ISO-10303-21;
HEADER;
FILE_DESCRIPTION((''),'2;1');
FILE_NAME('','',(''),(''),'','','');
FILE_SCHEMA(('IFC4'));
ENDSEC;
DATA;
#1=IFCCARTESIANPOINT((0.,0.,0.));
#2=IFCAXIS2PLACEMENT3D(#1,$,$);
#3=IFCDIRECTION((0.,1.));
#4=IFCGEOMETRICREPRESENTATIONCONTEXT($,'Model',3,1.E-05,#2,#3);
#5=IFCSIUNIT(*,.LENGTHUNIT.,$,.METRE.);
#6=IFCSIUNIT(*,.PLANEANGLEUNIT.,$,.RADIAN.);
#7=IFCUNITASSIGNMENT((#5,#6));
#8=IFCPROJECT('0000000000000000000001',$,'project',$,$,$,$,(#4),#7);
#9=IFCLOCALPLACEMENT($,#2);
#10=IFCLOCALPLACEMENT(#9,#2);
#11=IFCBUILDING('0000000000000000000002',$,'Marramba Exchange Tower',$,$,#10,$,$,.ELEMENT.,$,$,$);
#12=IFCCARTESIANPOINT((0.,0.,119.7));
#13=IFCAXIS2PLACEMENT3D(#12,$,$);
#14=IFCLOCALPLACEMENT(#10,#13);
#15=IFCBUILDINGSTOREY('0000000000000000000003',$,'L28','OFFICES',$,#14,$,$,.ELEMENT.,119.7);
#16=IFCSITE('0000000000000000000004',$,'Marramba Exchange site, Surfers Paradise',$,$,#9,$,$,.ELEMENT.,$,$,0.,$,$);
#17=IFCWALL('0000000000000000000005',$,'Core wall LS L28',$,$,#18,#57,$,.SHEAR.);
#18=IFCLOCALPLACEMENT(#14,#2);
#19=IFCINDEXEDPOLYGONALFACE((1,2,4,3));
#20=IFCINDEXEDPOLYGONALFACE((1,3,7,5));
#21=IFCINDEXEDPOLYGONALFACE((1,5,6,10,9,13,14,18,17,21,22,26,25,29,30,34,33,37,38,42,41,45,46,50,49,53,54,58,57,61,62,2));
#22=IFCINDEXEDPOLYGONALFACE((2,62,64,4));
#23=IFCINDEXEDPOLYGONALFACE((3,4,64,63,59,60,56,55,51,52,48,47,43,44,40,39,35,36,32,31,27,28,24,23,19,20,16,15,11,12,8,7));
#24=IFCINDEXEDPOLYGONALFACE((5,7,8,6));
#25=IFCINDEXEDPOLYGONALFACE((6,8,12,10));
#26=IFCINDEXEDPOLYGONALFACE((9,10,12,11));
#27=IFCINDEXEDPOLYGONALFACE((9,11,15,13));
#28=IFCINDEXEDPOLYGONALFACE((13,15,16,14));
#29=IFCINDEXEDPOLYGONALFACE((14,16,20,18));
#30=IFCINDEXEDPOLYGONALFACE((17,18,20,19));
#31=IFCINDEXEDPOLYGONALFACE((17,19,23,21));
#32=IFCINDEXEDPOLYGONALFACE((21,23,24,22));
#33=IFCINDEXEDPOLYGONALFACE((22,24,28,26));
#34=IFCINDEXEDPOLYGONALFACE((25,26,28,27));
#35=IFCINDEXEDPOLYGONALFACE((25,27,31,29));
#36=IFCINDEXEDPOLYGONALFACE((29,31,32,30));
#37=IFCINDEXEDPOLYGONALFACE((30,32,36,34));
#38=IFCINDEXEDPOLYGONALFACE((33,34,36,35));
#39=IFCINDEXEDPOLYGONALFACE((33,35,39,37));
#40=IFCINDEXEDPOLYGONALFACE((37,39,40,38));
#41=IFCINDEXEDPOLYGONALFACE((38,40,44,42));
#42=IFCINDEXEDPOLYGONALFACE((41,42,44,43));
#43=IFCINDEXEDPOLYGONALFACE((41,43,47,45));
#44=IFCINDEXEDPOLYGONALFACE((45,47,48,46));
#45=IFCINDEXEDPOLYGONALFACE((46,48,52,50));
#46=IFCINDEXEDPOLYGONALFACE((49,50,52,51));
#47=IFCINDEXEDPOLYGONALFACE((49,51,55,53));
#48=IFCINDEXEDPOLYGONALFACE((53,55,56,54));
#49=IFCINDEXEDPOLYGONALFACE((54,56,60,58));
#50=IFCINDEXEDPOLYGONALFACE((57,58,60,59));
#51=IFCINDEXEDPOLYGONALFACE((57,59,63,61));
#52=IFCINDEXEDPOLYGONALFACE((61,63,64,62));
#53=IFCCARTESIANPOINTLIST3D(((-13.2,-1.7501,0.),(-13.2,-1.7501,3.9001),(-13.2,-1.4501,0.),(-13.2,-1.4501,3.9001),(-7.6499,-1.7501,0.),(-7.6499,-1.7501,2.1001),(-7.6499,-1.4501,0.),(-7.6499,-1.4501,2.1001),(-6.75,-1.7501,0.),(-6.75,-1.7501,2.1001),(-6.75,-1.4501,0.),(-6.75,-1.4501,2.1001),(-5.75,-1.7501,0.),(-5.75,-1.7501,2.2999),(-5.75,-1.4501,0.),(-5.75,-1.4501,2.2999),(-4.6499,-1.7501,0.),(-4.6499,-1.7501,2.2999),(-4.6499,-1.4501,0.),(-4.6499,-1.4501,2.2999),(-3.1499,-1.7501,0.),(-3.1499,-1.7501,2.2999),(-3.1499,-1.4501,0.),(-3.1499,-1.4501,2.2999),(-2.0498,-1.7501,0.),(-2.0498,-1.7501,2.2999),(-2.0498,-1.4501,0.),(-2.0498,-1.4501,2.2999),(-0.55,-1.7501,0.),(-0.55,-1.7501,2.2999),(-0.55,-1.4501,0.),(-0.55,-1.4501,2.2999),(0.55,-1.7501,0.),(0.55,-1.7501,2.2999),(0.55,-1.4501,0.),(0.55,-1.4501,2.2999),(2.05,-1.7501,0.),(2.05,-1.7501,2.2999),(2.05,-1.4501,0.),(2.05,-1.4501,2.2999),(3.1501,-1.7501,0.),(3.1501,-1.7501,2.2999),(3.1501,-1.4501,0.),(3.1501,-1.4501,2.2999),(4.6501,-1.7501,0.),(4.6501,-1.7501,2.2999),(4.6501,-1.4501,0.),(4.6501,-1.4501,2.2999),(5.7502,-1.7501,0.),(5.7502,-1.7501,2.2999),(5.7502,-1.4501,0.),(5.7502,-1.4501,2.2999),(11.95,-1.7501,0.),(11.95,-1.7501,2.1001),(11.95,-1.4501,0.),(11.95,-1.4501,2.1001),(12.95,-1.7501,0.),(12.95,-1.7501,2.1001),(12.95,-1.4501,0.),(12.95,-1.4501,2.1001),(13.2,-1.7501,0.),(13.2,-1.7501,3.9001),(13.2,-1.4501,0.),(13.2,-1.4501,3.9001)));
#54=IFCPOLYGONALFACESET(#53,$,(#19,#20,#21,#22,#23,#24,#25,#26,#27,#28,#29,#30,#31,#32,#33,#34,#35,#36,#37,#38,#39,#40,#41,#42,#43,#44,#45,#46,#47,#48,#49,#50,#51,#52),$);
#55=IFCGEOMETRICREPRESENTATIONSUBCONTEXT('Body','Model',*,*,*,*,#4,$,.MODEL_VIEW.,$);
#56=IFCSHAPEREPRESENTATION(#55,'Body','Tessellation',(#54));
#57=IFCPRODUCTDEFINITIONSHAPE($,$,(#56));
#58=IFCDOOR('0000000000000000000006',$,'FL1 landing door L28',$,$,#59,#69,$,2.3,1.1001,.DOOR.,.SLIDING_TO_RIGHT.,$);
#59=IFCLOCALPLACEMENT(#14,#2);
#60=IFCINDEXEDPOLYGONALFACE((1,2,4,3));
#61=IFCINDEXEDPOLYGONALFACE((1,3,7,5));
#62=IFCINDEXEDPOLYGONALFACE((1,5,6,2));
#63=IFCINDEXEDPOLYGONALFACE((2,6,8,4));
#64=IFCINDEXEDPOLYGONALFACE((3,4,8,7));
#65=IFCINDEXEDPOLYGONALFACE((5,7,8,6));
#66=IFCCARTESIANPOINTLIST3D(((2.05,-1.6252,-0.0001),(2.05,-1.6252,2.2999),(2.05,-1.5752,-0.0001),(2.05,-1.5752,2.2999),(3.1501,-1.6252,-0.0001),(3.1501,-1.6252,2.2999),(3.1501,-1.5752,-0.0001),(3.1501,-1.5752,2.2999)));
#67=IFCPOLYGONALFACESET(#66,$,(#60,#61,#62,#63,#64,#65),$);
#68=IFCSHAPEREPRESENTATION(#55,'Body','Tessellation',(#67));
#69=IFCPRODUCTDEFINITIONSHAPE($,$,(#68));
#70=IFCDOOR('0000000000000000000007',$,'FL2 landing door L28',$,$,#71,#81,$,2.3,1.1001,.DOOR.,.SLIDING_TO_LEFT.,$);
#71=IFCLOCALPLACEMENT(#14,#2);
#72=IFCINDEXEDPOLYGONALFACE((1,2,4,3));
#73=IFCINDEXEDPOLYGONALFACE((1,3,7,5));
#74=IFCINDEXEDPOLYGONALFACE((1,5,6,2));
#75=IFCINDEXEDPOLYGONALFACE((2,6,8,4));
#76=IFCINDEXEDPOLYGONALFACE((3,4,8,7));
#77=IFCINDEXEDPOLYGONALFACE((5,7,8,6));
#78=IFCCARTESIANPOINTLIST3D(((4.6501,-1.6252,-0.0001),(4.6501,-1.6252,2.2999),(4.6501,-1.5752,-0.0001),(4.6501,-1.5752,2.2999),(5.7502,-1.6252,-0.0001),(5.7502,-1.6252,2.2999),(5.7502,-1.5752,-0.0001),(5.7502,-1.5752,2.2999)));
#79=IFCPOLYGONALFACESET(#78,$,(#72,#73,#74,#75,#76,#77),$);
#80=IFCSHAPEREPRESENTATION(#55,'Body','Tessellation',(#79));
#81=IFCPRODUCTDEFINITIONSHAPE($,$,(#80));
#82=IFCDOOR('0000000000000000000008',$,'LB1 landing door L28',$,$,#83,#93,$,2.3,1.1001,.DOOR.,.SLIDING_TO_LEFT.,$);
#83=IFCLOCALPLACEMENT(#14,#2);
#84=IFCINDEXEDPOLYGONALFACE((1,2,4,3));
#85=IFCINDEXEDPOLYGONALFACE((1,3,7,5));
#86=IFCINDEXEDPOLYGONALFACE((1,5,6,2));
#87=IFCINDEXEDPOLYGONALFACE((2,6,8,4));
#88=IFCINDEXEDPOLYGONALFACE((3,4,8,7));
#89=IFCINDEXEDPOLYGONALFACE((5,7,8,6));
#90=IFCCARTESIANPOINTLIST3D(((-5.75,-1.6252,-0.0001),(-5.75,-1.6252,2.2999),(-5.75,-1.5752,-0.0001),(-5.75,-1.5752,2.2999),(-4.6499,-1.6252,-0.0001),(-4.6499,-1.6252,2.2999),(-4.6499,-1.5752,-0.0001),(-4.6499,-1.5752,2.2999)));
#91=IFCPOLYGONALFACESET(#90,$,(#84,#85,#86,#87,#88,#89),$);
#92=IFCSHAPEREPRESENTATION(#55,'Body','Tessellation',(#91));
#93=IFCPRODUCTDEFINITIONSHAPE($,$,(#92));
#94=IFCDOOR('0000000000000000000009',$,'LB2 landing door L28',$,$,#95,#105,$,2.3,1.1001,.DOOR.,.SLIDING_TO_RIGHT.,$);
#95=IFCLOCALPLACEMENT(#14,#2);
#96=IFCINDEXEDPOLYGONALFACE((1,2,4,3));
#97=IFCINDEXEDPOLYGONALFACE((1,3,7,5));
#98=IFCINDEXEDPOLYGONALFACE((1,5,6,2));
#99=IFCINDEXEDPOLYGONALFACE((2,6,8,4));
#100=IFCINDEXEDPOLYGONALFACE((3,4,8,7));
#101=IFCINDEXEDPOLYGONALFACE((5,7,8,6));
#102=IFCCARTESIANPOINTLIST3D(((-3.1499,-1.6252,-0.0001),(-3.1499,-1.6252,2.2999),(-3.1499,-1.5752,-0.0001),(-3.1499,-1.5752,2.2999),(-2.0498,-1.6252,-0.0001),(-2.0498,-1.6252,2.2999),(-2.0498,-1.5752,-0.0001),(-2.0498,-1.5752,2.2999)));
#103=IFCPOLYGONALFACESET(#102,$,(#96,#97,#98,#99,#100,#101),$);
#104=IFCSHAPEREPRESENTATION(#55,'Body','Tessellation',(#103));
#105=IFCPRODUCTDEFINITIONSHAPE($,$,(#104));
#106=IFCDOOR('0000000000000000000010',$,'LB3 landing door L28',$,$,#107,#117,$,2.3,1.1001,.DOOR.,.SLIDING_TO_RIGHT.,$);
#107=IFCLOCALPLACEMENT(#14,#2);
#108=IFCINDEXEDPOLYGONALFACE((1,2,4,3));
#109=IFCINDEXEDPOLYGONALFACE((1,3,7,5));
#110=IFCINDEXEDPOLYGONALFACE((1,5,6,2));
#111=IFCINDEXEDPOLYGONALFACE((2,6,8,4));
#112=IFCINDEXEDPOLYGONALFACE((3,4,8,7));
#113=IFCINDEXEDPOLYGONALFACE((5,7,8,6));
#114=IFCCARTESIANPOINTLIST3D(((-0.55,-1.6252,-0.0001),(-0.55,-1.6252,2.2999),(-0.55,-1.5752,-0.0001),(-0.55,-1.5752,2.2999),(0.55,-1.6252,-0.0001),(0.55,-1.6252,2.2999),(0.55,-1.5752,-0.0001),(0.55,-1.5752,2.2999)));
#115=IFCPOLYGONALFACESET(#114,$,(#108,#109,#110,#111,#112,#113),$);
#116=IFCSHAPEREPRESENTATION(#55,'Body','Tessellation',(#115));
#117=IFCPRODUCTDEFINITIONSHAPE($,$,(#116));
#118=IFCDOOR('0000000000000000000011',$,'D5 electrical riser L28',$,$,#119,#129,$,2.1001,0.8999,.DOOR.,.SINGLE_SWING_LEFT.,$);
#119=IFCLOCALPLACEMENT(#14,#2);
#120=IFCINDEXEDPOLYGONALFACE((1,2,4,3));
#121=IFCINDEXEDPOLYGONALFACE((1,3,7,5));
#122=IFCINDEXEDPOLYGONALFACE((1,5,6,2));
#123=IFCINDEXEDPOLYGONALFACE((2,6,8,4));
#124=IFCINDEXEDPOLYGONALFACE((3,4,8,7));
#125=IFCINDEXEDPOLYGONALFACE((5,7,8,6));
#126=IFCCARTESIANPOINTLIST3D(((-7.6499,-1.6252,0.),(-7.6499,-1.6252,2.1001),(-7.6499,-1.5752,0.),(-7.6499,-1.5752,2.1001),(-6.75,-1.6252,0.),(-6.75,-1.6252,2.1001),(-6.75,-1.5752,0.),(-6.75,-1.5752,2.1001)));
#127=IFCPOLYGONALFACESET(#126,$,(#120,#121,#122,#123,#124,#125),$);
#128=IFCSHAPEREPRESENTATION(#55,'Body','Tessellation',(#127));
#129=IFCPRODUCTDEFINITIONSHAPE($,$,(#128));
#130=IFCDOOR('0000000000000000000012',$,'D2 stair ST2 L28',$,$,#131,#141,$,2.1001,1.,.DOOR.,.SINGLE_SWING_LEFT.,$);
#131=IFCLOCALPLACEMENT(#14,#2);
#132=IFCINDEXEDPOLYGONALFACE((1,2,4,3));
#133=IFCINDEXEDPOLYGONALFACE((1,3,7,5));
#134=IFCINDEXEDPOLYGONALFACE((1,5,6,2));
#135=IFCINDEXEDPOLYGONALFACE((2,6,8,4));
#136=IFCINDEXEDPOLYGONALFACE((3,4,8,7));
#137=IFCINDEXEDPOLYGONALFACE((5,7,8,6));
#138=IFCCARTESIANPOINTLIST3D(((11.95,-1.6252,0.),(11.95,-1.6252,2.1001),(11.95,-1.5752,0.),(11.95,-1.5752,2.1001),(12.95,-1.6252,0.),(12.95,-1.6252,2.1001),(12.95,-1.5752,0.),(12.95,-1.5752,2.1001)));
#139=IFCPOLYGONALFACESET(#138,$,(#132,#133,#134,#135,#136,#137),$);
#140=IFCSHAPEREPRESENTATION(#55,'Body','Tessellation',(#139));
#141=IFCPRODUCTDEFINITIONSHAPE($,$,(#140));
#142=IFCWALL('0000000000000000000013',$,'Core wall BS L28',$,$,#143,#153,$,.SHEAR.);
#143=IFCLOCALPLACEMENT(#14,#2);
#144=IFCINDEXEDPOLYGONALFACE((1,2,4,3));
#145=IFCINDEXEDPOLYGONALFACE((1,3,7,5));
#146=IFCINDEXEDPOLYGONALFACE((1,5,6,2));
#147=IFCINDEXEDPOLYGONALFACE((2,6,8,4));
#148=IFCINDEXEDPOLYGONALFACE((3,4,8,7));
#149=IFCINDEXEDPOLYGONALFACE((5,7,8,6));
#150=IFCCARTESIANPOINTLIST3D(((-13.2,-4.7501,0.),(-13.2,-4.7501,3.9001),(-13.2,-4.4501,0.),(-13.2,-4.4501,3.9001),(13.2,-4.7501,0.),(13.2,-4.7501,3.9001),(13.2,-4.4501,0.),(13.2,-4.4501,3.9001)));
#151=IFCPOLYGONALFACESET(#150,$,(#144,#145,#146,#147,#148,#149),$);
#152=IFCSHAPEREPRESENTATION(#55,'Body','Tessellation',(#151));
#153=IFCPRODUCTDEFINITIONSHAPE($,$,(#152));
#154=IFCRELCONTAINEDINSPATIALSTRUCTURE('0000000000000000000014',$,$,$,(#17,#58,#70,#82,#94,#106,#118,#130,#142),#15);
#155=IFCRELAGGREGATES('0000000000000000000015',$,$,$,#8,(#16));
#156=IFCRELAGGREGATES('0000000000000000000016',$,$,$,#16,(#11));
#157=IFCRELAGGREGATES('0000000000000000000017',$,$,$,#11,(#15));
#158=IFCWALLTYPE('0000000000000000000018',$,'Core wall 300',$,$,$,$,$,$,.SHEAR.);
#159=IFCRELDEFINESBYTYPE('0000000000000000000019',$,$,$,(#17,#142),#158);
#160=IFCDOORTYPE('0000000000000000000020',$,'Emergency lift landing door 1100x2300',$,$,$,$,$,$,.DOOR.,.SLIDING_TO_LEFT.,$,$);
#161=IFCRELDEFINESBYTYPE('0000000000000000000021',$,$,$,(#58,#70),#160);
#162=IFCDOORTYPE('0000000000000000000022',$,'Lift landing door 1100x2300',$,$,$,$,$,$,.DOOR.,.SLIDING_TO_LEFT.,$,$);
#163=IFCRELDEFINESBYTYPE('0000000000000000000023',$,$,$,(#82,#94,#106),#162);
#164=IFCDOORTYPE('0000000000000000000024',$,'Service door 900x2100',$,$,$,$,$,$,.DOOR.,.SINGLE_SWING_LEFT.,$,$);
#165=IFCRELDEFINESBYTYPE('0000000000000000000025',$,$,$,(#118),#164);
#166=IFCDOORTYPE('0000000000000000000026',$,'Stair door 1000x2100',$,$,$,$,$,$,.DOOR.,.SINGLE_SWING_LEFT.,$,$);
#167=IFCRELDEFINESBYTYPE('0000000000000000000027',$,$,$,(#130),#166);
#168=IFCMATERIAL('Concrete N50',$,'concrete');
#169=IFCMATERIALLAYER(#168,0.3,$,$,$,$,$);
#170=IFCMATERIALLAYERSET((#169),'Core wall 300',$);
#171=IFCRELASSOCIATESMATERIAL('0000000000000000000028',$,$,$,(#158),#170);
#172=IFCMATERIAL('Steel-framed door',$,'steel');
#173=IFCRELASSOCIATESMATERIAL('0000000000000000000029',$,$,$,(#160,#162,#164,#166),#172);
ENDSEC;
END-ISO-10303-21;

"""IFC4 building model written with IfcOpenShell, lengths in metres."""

from ifc_helpers import new_model, si_unit, direction, frame, frame_2d, origin, place, context, subcontext, project, spatial, rectangle, extrude, material, layer, layer_set, type_object, element, fill, save


model = new_model("IFC4")

# Units and contexts
model_context = context("Model", 3, precision=1e-05, world=origin(), true_north=direction((0.0, 1.0)))
body_context = subcontext(model_context, "Body", "Model", "MODEL_VIEW")
ifc_project = project(units=[si_unit("LENGTHUNIT", "METRE"), si_unit("PLANEANGLEUNIT", "RADIAN")], contexts=[model_context])

# Site, building, storey
site_placement = place(None, origin())
site = spatial("IfcSite", under=ifc_project, at=site_placement, Name="Marramba Exchange site, Surfers Paradise", CompositionType="ELEMENT", RefElevation=0.0)
building_placement = place(site_placement, origin())
building = spatial("IfcBuilding", under=site, at=building_placement, Name="Marramba Exchange Tower", CompositionType="ELEMENT")
storey_placement = place(building_placement, frame((0.0, 0.0, 119.7)))
storey = spatial("IfcBuildingStorey", under=building, at=storey_placement, Name="L28", Description="OFFICES", CompositionType="ELEMENT", Elevation=119.7)

# Shared definitions
ifc_material_1 = material(Name="Concrete N50", Category="concrete")

# Wall, openings, doors
ifc_layer_1 = layer(ifc_material_1, 0.3)
ifc_layer_set_1 = layer_set([ifc_layer_1], Name="Core wall 300")
wall_type_1 = type_object("IfcWallType", Name="Core wall 300", PredefinedType="SHEAR", material=ifc_layer_set_1)
wall_1_placement = place(storey_placement, frame((-13.2, -1.6001, 0.0), z_axis=(0.0, 0.0, 1.0), x_axis=(1.0, 0.0, 0.0)))
wall_1 = element("IfcWall", 1, at=wall_1_placement, inside=storey, type_object=wall_type_1, Name="Core wall LS L28", PredefinedType="SHEAR", context=body_context, shape_type="SweptSolid", body=[
    extrude(rectangle(XDim=26.3999, YDim=0.3, at=frame_2d((13.2, 0.0))), origin(), (0.0, 0.0, 1.0), 3.9001),
])
opening_1_placement = place(wall_1_placement, frame((25.1499, 0.0, 0.0)))
opening_1 = element("IfcOpeningElement", 2, at=opening_1_placement, cuts=wall_1, PredefinedType="OPENING", context=body_context, shape_type="SweptSolid", body=[
    extrude(rectangle(XDim=1.0, YDim=2.1001, at=frame_2d((0.5, 1.05))), frame((0.0, 0.1599, 0.0), z_axis=(0.0, -1.0, 0.0), x_axis=(1.0, 0.0, 0.0)), (0.0, 0.0, 1.0), 0.3201),
])
opening_2_placement = place(wall_1_placement, frame((7.45, 0.0, 0.0)))
opening_2 = element("IfcOpeningElement", 3, at=opening_2_placement, cuts=wall_1, PredefinedType="OPENING", context=body_context, shape_type="SweptSolid", body=[
    extrude(rectangle(XDim=1.1001, YDim=2.3, at=frame_2d((0.55, 1.1499))), frame((0.0, 0.1599, 0.0), z_axis=(0.0, -1.0, 0.0), x_axis=(1.0, 0.0, 0.0)), (0.0, 0.0, 1.0), 0.3201),
])
opening_3_placement = place(wall_1_placement, frame((10.05, 0.0, 0.0)))
opening_3 = element("IfcOpeningElement", 4, at=opening_3_placement, cuts=wall_1, PredefinedType="OPENING", context=body_context, shape_type="SweptSolid", body=[
    extrude(rectangle(XDim=1.1001, YDim=2.3, at=frame_2d((0.55, 1.1499))), frame((0.0, 0.1599, 0.0), z_axis=(0.0, -1.0, 0.0), x_axis=(1.0, 0.0, 0.0)), (0.0, 0.0, 1.0), 0.3201),
])
opening_4_placement = place(wall_1_placement, frame((12.6499, 0.0, 0.0)))
opening_4 = element("IfcOpeningElement", 5, at=opening_4_placement, cuts=wall_1, PredefinedType="OPENING", context=body_context, shape_type="SweptSolid", body=[
    extrude(rectangle(XDim=1.1001, YDim=2.3, at=frame_2d((0.55, 1.1499))), frame((0.0, 0.1599, 0.0), z_axis=(0.0, -1.0, 0.0), x_axis=(1.0, 0.0, 0.0)), (0.0, 0.0, 1.0), 0.3201),
])
opening_5_placement = place(wall_1_placement, frame((15.25, 0.0, 0.0)))
opening_5 = element("IfcOpeningElement", 6, at=opening_5_placement, cuts=wall_1, PredefinedType="OPENING", context=body_context, shape_type="SweptSolid", body=[
    extrude(rectangle(XDim=1.1001, YDim=2.3, at=frame_2d((0.55, 1.1499))), frame((0.0, 0.1599, 0.0), z_axis=(0.0, -1.0, 0.0), x_axis=(1.0, 0.0, 0.0)), (0.0, 0.0, 1.0), 0.3201),
])
opening_6_placement = place(wall_1_placement, frame((17.8501, 0.0, 0.0)))
opening_6 = element("IfcOpeningElement", 7, at=opening_6_placement, cuts=wall_1, PredefinedType="OPENING", context=body_context, shape_type="SweptSolid", body=[
    extrude(rectangle(XDim=1.1001, YDim=2.3, at=frame_2d((0.55, 1.1499))), frame((0.0, 0.1599, 0.0), z_axis=(0.0, -1.0, 0.0), x_axis=(1.0, 0.0, 0.0)), (0.0, 0.0, 1.0), 0.3201),
])
opening_7_placement = place(wall_1_placement, frame((5.55, 0.0, 0.0)))
opening_7 = element("IfcOpeningElement", 8, at=opening_7_placement, cuts=wall_1, PredefinedType="OPENING", context=body_context, shape_type="SweptSolid", body=[
    extrude(rectangle(XDim=0.8999, YDim=2.1001, at=frame_2d((0.45, 1.05))), frame((0.0, 0.1599, 0.0), z_axis=(0.0, -1.0, 0.0), x_axis=(1.0, 0.0, 0.0)), (0.0, 0.0, 1.0), 0.3201),
])
ifc_material_2 = material(Name="Steel-framed door", Category="steel")
door_type_1 = type_object("IfcDoorType", Name="Emergency lift landing door 1100x2300", OperationType="SLIDING_TO_LEFT", PredefinedType="DOOR", material=ifc_material_2)
door_1_placement = place(opening_5_placement, frame((1.1001, 0.0, 0.0), z_axis=(0.0, 0.0, 1.0), x_axis=(-1.0, 0.0, 0.0)))
door_1 = element("IfcDoor", 9, at=door_1_placement, inside=storey, type_object=door_type_1, Name="FL1 landing door L28", OperationType="SLIDING_TO_RIGHT", OverallHeight=2.3, OverallWidth=1.1001, PredefinedType="DOOR", context=body_context, shape_type="SweptSolid", body=[
    extrude(rectangle(XDim=1.1001, YDim=2.3, at=frame_2d((0.55, 1.1499))), frame((0.0, 0.0251, 0.0), z_axis=(0.0, -1.0, 0.0), x_axis=(1.0, 0.0, 0.0)), (0.0, 0.0, 1.0), 0.05),
])
fill(opening_5, door_1)
door_2_placement = place(opening_6_placement, frame((1.1001, 0.0, 0.0), z_axis=(0.0, 0.0, 1.0), x_axis=(-1.0, 0.0, 0.0)))
door_2 = element("IfcDoor", 10, at=door_2_placement, inside=storey, type_object=door_type_1, Name="FL2 landing door L28", OperationType="SLIDING_TO_LEFT", OverallHeight=2.3, OverallWidth=1.1001, PredefinedType="DOOR", context=body_context, shape_type="SweptSolid", body=[
    extrude(rectangle(XDim=1.1001, YDim=2.3, at=frame_2d((0.55, 1.1499))), frame((0.0, 0.0251, 0.0), z_axis=(0.0, -1.0, 0.0), x_axis=(1.0, 0.0, 0.0)), (0.0, 0.0, 1.0), 0.05),
])
fill(opening_6, door_2)
door_type_2 = type_object("IfcDoorType", Name="Lift landing door 1100x2300", OperationType="SLIDING_TO_LEFT", PredefinedType="DOOR", material=ifc_material_2)
door_3_placement = place(opening_2_placement, frame((1.1001, 0.0, 0.0), z_axis=(0.0, 0.0, 1.0), x_axis=(-1.0, 0.0, 0.0)))
door_3 = element("IfcDoor", 11, at=door_3_placement, inside=storey, type_object=door_type_2, Name="LB1 landing door L28", OperationType="SLIDING_TO_LEFT", OverallHeight=2.3, OverallWidth=1.1001, PredefinedType="DOOR", context=body_context, shape_type="SweptSolid", body=[
    extrude(rectangle(XDim=1.1001, YDim=2.3, at=frame_2d((0.55, 1.1499))), frame((0.0, 0.0251, 0.0), z_axis=(0.0, -1.0, 0.0), x_axis=(1.0, 0.0, 0.0)), (0.0, 0.0, 1.0), 0.05),
])
fill(opening_2, door_3)
door_4_placement = place(opening_3_placement, frame((1.1001, 0.0, 0.0), z_axis=(0.0, 0.0, 1.0), x_axis=(-1.0, 0.0, 0.0)))
door_4 = element("IfcDoor", 12, at=door_4_placement, inside=storey, type_object=door_type_2, Name="LB2 landing door L28", OperationType="SLIDING_TO_RIGHT", OverallHeight=2.3, OverallWidth=1.1001, PredefinedType="DOOR", context=body_context, shape_type="SweptSolid", body=[
    extrude(rectangle(XDim=1.1001, YDim=2.3, at=frame_2d((0.55, 1.1499))), frame((0.0, 0.0251, 0.0), z_axis=(0.0, -1.0, 0.0), x_axis=(1.0, 0.0, 0.0)), (0.0, 0.0, 1.0), 0.05),
])
fill(opening_3, door_4)
door_5_placement = place(opening_4_placement, frame((1.1001, 0.0, 0.0), z_axis=(0.0, 0.0, 1.0), x_axis=(-1.0, 0.0, 0.0)))
door_5 = element("IfcDoor", 13, at=door_5_placement, inside=storey, type_object=door_type_2, Name="LB3 landing door L28", OperationType="SLIDING_TO_RIGHT", OverallHeight=2.3, OverallWidth=1.1001, PredefinedType="DOOR", context=body_context, shape_type="SweptSolid", body=[
    extrude(rectangle(XDim=1.1001, YDim=2.3, at=frame_2d((0.55, 1.1499))), frame((0.0, 0.0251, 0.0), z_axis=(0.0, -1.0, 0.0), x_axis=(1.0, 0.0, 0.0)), (0.0, 0.0, 1.0), 0.05),
])
fill(opening_4, door_5)
door_type_3 = type_object("IfcDoorType", Name="Service door 900x2100", OperationType="SINGLE_SWING_LEFT", PredefinedType="DOOR", material=ifc_material_2)
door_6_placement = place(opening_7_placement, frame((0.8999, 0.0, 0.0), z_axis=(0.0, 0.0, 1.0), x_axis=(-1.0, 0.0, 0.0)))
door_6 = element("IfcDoor", 14, at=door_6_placement, inside=storey, type_object=door_type_3, Name="D5 electrical riser L28", OperationType="SINGLE_SWING_LEFT", OverallHeight=2.1001, OverallWidth=0.8999, PredefinedType="DOOR", context=body_context, shape_type="SweptSolid", body=[
    extrude(rectangle(XDim=0.8999, YDim=2.1001, at=frame_2d((0.45, 1.05))), frame((0.0, 0.0251, 0.0), z_axis=(0.0, -1.0, 0.0), x_axis=(1.0, 0.0, 0.0)), (0.0, 0.0, 1.0), 0.05),
])
fill(opening_7, door_6)
door_type_4 = type_object("IfcDoorType", Name="Stair door 1000x2100", OperationType="SINGLE_SWING_LEFT", PredefinedType="DOOR", material=ifc_material_2)
door_7_placement = place(opening_1_placement, frame((1.0, 0.0, 0.0), z_axis=(0.0, 0.0, 1.0), x_axis=(-1.0, 0.0, 0.0)))
door_7 = element("IfcDoor", 15, at=door_7_placement, inside=storey, type_object=door_type_4, Name="D2 stair ST2 L28", OperationType="SINGLE_SWING_LEFT", OverallHeight=2.1001, OverallWidth=1.0, PredefinedType="DOOR", context=body_context, shape_type="SweptSolid", body=[
    extrude(rectangle(XDim=1.0, YDim=2.1001, at=frame_2d((0.5, 1.05))), frame((0.0, 0.0251, 0.0), z_axis=(0.0, -1.0, 0.0), x_axis=(1.0, 0.0, 0.0)), (0.0, 0.0, 1.0), 0.05),
])
fill(opening_1, door_7)

# Wall
wall_2_placement = place(storey_placement, frame((-13.2, -4.6001, 0.0), z_axis=(0.0, 0.0, 1.0), x_axis=(1.0, 0.0, 0.0)))
element("IfcWall", 16, at=wall_2_placement, inside=storey, type_object=wall_type_1, Name="Core wall BS L28", PredefinedType="SHEAR", context=body_context, shape_type="SweptSolid", body=[
    extrude(rectangle(XDim=26.3999, YDim=0.3, at=frame_2d((13.2, 0.0))), origin(), (0.0, 0.0, 1.0), 3.9001),
])

save(model, "model.ifc")
